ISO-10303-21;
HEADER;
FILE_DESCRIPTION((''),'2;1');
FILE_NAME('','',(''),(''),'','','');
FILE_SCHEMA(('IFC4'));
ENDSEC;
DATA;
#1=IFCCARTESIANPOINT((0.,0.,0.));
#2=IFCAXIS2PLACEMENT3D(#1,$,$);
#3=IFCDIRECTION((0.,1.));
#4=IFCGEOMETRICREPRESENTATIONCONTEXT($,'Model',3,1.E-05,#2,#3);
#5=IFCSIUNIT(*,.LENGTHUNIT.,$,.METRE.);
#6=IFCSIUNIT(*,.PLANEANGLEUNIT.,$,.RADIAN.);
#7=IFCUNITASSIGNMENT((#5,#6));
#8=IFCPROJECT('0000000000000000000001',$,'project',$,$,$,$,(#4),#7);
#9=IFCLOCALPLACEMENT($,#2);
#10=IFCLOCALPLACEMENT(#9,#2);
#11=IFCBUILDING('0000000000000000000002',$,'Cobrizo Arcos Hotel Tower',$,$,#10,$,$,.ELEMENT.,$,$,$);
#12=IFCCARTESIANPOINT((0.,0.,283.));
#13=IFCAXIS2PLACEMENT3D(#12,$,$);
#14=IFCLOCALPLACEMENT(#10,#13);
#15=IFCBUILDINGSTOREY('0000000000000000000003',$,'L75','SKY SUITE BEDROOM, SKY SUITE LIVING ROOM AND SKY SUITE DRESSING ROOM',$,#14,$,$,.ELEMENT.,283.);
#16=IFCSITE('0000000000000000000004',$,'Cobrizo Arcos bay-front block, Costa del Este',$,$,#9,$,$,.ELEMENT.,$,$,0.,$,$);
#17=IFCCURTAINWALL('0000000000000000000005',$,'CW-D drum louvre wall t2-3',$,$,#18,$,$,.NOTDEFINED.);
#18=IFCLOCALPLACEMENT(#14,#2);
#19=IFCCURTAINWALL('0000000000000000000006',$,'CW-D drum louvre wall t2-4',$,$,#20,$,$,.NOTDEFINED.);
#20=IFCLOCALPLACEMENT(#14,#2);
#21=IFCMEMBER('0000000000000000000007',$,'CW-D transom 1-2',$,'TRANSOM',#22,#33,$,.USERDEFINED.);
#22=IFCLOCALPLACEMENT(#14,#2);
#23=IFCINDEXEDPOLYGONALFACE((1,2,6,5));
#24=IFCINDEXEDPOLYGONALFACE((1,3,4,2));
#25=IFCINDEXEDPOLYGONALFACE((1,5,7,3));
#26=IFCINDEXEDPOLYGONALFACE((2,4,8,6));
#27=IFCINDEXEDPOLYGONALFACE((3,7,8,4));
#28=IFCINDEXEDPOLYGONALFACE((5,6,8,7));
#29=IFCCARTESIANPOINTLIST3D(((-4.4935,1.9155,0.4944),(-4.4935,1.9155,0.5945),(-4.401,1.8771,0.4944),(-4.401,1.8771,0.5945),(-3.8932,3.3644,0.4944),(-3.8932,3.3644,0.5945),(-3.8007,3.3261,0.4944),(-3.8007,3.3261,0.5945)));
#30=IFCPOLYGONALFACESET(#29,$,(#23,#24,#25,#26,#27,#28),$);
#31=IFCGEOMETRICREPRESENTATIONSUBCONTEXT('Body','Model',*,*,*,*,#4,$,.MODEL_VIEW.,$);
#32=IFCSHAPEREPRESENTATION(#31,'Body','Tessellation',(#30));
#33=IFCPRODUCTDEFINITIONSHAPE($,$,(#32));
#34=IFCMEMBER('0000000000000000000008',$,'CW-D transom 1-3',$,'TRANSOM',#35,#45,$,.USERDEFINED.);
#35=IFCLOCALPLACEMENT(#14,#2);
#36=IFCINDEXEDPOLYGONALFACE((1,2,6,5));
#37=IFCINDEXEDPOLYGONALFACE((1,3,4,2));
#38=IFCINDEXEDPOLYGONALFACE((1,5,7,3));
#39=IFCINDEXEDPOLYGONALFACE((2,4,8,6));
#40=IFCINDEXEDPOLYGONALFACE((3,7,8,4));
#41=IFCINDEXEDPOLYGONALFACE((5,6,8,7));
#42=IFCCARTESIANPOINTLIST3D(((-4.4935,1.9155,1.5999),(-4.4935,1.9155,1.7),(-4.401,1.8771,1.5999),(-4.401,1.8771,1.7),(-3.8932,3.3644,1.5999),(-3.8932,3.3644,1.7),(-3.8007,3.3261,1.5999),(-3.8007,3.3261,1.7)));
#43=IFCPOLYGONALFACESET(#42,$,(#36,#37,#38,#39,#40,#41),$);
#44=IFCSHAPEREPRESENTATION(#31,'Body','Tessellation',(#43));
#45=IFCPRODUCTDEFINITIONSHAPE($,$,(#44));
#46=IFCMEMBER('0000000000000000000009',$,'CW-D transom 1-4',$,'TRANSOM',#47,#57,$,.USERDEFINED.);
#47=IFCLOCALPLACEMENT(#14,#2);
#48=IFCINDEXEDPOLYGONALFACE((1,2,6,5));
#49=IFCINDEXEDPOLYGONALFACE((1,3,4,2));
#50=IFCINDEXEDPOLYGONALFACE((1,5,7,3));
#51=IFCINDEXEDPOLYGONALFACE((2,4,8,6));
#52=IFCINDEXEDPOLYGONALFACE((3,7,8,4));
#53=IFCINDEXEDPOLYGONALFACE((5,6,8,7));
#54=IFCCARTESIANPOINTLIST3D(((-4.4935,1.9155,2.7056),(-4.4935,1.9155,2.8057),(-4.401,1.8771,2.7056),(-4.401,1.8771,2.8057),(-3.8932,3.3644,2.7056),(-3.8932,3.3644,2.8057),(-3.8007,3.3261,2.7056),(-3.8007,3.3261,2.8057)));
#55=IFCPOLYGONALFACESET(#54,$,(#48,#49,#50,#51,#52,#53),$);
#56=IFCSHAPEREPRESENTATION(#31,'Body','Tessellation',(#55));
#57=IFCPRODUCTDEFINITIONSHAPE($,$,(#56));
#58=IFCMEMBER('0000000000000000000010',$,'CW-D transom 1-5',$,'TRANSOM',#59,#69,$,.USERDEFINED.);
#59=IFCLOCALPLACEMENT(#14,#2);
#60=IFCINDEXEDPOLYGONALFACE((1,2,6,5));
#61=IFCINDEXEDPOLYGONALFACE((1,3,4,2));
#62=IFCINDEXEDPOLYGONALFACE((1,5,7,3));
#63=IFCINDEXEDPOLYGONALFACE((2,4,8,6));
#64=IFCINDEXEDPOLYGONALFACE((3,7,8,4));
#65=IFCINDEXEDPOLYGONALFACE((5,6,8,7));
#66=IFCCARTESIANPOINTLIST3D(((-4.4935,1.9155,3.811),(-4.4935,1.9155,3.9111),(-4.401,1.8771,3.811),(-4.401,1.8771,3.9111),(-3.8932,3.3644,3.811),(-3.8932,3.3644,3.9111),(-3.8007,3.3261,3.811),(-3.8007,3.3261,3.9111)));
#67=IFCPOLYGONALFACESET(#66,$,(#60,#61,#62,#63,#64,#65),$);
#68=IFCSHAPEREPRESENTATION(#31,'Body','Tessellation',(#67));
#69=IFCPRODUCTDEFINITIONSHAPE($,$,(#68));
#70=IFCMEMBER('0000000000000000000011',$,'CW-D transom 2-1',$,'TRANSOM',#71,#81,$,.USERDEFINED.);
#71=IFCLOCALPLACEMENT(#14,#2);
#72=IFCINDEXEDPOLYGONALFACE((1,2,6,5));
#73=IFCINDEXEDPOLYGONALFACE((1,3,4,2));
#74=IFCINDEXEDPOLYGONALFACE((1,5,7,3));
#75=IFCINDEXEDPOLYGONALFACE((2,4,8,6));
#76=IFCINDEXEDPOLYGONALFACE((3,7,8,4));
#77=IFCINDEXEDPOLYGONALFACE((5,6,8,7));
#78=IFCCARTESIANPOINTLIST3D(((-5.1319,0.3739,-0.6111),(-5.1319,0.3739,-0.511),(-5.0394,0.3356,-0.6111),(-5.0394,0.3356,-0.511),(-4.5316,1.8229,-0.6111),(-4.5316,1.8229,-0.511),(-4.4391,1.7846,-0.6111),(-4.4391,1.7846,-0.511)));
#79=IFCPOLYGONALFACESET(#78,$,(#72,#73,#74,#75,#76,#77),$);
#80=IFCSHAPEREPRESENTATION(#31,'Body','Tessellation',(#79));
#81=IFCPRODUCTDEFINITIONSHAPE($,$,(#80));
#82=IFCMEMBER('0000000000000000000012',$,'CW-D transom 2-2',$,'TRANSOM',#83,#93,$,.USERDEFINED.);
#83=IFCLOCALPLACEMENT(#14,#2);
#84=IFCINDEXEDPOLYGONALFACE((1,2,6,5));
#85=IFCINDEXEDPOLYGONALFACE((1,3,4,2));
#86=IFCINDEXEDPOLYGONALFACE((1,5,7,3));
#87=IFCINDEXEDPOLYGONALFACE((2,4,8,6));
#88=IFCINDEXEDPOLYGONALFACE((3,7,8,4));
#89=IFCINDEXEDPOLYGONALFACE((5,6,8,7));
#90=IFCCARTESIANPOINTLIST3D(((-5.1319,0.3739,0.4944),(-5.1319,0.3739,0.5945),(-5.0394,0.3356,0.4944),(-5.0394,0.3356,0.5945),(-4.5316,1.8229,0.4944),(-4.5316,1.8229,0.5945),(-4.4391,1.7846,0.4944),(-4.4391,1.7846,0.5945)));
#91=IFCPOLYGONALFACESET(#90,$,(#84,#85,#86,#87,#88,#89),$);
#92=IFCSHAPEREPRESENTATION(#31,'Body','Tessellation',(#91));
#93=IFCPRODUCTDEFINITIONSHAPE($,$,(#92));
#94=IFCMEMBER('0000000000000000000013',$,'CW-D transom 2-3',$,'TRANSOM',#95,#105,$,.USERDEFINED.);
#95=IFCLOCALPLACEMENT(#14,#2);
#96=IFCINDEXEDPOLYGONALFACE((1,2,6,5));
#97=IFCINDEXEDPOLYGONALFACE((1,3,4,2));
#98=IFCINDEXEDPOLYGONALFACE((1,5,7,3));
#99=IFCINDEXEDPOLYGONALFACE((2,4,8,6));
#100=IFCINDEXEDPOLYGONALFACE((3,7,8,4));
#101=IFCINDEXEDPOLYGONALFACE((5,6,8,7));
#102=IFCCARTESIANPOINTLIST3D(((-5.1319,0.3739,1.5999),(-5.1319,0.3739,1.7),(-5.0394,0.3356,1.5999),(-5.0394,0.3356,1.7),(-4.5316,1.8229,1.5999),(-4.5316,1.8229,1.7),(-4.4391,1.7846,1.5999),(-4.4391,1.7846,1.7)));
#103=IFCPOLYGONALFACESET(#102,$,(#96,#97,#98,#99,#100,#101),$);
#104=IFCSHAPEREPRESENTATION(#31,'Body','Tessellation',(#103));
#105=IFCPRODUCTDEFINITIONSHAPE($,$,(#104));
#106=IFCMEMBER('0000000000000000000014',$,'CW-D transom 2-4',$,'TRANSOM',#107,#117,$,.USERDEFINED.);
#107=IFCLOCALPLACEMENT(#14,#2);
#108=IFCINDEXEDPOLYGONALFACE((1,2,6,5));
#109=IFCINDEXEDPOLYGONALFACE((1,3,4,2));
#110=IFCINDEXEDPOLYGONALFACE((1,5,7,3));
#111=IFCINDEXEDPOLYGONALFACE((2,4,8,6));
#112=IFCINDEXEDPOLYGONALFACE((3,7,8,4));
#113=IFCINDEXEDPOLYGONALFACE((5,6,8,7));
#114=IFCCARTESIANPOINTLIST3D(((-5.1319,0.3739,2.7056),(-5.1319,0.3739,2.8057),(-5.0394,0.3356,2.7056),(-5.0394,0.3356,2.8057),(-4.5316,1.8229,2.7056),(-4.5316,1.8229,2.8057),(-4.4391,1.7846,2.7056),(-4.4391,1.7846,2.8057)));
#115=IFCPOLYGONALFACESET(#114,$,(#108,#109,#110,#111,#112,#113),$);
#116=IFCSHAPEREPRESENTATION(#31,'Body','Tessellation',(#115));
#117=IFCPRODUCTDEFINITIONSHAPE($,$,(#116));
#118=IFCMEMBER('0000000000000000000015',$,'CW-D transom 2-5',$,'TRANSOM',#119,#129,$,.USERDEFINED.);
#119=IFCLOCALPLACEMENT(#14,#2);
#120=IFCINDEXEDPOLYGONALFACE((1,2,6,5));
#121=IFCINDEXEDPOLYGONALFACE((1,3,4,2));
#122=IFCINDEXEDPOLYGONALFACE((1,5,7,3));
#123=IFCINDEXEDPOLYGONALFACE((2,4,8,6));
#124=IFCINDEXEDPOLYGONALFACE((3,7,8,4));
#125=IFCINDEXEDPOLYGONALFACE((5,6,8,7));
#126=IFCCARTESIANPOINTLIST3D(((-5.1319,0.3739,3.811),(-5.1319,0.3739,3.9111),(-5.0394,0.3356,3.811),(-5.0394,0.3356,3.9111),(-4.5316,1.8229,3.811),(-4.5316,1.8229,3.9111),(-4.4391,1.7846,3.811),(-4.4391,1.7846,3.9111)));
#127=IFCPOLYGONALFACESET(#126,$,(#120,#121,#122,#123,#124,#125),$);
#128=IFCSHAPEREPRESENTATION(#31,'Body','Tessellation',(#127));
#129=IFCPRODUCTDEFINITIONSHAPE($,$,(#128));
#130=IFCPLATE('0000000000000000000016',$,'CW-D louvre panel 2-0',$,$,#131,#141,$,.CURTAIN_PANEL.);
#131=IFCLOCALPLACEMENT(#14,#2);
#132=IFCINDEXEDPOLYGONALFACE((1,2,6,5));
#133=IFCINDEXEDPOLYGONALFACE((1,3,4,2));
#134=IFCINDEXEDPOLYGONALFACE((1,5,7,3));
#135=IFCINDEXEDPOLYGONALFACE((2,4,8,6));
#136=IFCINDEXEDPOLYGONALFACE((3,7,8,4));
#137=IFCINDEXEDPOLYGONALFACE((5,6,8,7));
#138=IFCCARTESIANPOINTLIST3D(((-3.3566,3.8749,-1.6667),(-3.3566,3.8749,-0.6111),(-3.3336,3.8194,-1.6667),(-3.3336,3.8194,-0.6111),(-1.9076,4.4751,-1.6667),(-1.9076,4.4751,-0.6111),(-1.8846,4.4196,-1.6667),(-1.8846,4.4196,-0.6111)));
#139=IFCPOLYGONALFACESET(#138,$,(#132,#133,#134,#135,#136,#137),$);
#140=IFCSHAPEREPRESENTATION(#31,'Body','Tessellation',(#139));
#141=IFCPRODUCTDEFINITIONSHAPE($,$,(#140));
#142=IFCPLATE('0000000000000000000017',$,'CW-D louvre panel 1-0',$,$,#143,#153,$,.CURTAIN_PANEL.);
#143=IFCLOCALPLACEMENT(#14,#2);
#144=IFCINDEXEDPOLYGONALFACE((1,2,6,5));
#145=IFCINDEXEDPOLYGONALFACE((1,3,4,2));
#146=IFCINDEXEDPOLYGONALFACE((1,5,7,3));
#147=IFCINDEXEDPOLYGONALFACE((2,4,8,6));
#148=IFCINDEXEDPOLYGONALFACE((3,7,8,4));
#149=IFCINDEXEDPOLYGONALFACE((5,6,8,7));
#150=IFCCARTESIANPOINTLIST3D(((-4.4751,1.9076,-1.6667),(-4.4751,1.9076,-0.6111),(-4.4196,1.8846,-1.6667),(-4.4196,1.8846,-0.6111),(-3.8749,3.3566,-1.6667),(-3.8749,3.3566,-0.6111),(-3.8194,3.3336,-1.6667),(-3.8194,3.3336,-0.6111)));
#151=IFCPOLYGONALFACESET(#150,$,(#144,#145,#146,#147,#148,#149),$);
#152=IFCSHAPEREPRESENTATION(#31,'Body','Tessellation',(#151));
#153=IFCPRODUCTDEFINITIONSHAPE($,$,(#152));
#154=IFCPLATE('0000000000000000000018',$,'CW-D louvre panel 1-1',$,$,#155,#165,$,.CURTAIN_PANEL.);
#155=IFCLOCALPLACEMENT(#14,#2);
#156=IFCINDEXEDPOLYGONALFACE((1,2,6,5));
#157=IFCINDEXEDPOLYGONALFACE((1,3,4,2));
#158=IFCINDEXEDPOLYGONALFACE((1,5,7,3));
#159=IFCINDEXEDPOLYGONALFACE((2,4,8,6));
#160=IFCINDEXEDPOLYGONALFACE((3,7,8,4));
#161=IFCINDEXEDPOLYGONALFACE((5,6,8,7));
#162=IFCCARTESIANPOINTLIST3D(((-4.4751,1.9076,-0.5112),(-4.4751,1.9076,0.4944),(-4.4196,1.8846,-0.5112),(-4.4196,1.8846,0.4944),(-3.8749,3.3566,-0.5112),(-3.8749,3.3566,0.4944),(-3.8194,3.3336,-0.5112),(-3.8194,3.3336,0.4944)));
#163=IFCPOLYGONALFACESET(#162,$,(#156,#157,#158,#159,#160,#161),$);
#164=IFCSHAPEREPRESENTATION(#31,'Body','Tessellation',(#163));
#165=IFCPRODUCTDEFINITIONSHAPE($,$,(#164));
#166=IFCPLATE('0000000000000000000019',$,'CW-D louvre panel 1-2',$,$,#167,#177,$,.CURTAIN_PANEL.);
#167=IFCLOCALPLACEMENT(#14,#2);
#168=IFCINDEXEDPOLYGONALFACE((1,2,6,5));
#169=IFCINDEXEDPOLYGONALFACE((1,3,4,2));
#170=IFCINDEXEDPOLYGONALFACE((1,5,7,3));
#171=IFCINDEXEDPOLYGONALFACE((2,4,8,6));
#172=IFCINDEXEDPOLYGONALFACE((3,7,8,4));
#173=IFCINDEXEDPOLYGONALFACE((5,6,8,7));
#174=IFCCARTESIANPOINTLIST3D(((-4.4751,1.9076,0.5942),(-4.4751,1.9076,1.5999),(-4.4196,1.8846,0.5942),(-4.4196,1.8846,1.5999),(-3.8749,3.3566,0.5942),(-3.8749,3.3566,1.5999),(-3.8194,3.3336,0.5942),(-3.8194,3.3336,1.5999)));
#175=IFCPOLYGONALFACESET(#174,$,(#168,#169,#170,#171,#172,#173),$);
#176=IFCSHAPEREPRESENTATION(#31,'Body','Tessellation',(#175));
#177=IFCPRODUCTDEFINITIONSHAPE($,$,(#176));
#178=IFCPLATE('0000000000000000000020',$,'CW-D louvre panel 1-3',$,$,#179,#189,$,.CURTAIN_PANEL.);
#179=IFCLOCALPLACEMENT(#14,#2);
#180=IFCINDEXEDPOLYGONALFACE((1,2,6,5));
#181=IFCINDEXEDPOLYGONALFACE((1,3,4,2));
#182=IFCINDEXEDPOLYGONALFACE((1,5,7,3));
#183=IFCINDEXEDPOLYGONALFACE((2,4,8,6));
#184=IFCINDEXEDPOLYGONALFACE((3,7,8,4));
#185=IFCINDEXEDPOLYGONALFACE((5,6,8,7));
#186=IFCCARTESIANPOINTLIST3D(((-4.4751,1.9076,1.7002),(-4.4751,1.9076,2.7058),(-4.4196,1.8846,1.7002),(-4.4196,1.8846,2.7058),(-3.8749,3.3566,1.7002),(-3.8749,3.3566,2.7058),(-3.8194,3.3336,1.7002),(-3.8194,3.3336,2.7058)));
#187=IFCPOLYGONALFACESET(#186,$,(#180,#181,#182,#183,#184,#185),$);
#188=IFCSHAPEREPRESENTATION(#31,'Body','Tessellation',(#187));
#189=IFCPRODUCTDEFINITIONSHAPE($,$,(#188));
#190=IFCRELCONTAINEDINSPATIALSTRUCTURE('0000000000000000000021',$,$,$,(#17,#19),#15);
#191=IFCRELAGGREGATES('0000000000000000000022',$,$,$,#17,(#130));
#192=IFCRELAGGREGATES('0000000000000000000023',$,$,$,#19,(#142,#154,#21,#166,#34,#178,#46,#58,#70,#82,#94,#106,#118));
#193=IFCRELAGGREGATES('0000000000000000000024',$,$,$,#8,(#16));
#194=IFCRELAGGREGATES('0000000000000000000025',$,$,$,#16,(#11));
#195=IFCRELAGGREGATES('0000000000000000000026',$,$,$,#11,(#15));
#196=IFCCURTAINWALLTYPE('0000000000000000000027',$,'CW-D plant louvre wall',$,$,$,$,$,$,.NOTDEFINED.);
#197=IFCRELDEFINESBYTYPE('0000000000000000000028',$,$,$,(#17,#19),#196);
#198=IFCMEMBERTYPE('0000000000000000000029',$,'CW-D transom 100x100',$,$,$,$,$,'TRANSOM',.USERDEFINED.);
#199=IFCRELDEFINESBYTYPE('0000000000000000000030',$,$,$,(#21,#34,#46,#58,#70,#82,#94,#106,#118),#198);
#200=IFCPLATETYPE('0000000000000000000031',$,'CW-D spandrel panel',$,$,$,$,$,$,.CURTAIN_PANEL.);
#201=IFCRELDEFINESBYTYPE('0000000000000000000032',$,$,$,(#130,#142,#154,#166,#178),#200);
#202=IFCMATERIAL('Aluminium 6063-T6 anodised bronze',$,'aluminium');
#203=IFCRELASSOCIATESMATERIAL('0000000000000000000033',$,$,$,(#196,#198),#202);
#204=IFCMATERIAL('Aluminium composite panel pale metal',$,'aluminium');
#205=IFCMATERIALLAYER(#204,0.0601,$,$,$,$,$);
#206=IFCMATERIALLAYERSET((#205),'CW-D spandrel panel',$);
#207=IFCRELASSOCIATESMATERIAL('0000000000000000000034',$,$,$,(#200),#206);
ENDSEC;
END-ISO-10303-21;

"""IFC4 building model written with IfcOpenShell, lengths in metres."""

from ifc_helpers import new_model, si_unit, direction, frame, origin, origin_2d, place, context, subcontext, project, spatial, rectangle, extrude, material, layer, layer_set, material_profile, profile_set, type_object, element, aggregate, save


model = new_model("IFC4")

# Units and contexts
model_context = context("Model", 3, precision=1e-05, world=origin(), true_north=direction((0.0, 1.0)))
body_context = subcontext(model_context, "Body", "Model", "MODEL_VIEW")
ifc_project = project(units=[si_unit("LENGTHUNIT", "METRE"), si_unit("PLANEANGLEUNIT", "RADIAN")], contexts=[model_context])

# Site, building, storey
site_placement = place(None, origin())
site = spatial("IfcSite", under=ifc_project, at=site_placement, Name="Cobrizo Arcos bay-front block, Costa del Este", CompositionType="ELEMENT", RefElevation=0.0)
building_placement = place(site_placement, origin())
building = spatial("IfcBuilding", under=site, at=building_placement, Name="Cobrizo Arcos Hotel Tower", CompositionType="ELEMENT")
storey_placement = place(building_placement, frame((0.0, 0.0, 283.0)))
storey = spatial("IfcBuildingStorey", under=building, at=storey_placement, Name="L75", Description="SKY SUITE BEDROOM, SKY SUITE LIVING ROOM AND SKY SUITE DRESSING ROOM", CompositionType="ELEMENT", Elevation=283.0)

# Curtain wall
ifc_material_1 = material(Name="Aluminium 6063-T6 anodised bronze", Category="aluminium")
curtain_wall_type = type_object("IfcCurtainWallType", Name="CW-D plant louvre wall", PredefinedType="NOTDEFINED", material=ifc_material_1)
curtain_wall_1_placement = place(storey_placement, origin())
curtain_wall_1 = element("IfcCurtainWall", 1, at=curtain_wall_1_placement, inside=storey, type_object=curtain_wall_type, Name="CW-D drum louvre wall t2-3", PredefinedType="NOTDEFINED")

# Curtain wall, members
curtain_wall_2_placement = place(storey_placement, origin())
curtain_wall_2 = element("IfcCurtainWall", 2, at=curtain_wall_2_placement, inside=storey, type_object=curtain_wall_type, Name="CW-D drum louvre wall t2-4", PredefinedType="NOTDEFINED")
ifc_material_profile_1 = material_profile(ifc_material_1, rectangle(XDim=0.1001, YDim=0.1001, at=origin_2d()), Name="CW-D transom 100x100")
ifc_profile_set_1 = profile_set([ifc_material_profile_1], Name="Aluminium 6063-T6 anodised bronze")
member_type_1 = type_object("IfcMemberType", Name="CW-D transom 100x100", ElementType="TRANSOM", PredefinedType="USERDEFINED", material=ifc_profile_set_1)
member_1_placement = place(storey_placement, frame((-3.8469, 3.3452, 0.5444), z_axis=(-0.382769, -0.923844, 0.0), x_axis=(0.923844, -0.382769, 0.0)))
member_1 = element("IfcMember", 3, at=member_1_placement, type_object=member_type_1, Name="CW-D transom 1-2", ObjectType="TRANSOM", PredefinedType="USERDEFINED", context=body_context, shape_type="SweptSolid", body=[
    extrude(rectangle(XDim=0.1001, YDim=0.1001, at=origin_2d()), origin(), (0.0, 0.0, 1.0), 1.5684),
])
member_2_placement = place(storey_placement, frame((-3.8469, 3.3452, 1.6499), z_axis=(-0.382769, -0.923844, 0.0), x_axis=(0.923844, -0.382769, 0.0)))
member_2 = element("IfcMember", 4, at=member_2_placement, type_object=member_type_1, Name="CW-D transom 1-3", ObjectType="TRANSOM", PredefinedType="USERDEFINED", context=body_context, shape_type="SweptSolid", body=[
    extrude(rectangle(XDim=0.1001, YDim=0.1001, at=origin_2d()), origin(), (0.0, 0.0, 1.0), 1.5684),
])
member_3_placement = place(storey_placement, frame((-3.8469, 3.3452, 2.7556), z_axis=(-0.382769, -0.923844, 0.0), x_axis=(0.923844, -0.382769, 0.0)))
member_3 = element("IfcMember", 5, at=member_3_placement, type_object=member_type_1, Name="CW-D transom 1-4", ObjectType="TRANSOM", PredefinedType="USERDEFINED", context=body_context, shape_type="SweptSolid", body=[
    extrude(rectangle(XDim=0.1001, YDim=0.1001, at=origin_2d()), origin(), (0.0, 0.0, 1.0), 1.5684),
])
member_4_placement = place(storey_placement, frame((-3.8469, 3.3452, 3.8611), z_axis=(-0.382769, -0.923844, 0.0), x_axis=(0.923844, -0.382769, 0.0)))
member_4 = element("IfcMember", 6, at=member_4_placement, type_object=member_type_1, Name="CW-D transom 1-5", ObjectType="TRANSOM", PredefinedType="USERDEFINED", context=body_context, shape_type="SweptSolid", body=[
    extrude(rectangle(XDim=0.1001, YDim=0.1001, at=origin_2d()), origin(), (0.0, 0.0, 1.0), 1.5684),
])
member_5_placement = place(storey_placement, frame((-4.4854, 1.8037, -0.561), z_axis=(-0.382769, -0.923844, 0.0), x_axis=(0.923844, -0.382769, 0.0)))
member_5 = element("IfcMember", 7, at=member_5_placement, type_object=member_type_1, Name="CW-D transom 2-1", ObjectType="TRANSOM", PredefinedType="USERDEFINED", context=body_context, shape_type="SweptSolid", body=[
    extrude(rectangle(XDim=0.1001, YDim=0.1001, at=origin_2d()), origin(), (0.0, 0.0, 1.0), 1.5684),
])
member_6_placement = place(storey_placement, frame((-4.4854, 1.8037, 0.5444), z_axis=(-0.382769, -0.923844, 0.0), x_axis=(0.923844, -0.382769, 0.0)))
member_6 = element("IfcMember", 8, at=member_6_placement, type_object=member_type_1, Name="CW-D transom 2-2", ObjectType="TRANSOM", PredefinedType="USERDEFINED", context=body_context, shape_type="SweptSolid", body=[
    extrude(rectangle(XDim=0.1001, YDim=0.1001, at=origin_2d()), origin(), (0.0, 0.0, 1.0), 1.5684),
])
member_7_placement = place(storey_placement, frame((-4.4854, 1.8037, 1.6499), z_axis=(-0.382769, -0.923844, 0.0), x_axis=(0.923844, -0.382769, 0.0)))
member_7 = element("IfcMember", 9, at=member_7_placement, type_object=member_type_1, Name="CW-D transom 2-3", ObjectType="TRANSOM", PredefinedType="USERDEFINED", context=body_context, shape_type="SweptSolid", body=[
    extrude(rectangle(XDim=0.1001, YDim=0.1001, at=origin_2d()), origin(), (0.0, 0.0, 1.0), 1.5684),
])
member_8_placement = place(storey_placement, frame((-4.4854, 1.8037, 2.7556), z_axis=(-0.382769, -0.923844, 0.0), x_axis=(0.923844, -0.382769, 0.0)))
member_8 = element("IfcMember", 10, at=member_8_placement, type_object=member_type_1, Name="CW-D transom 2-4", ObjectType="TRANSOM", PredefinedType="USERDEFINED", context=body_context, shape_type="SweptSolid", body=[
    extrude(rectangle(XDim=0.1001, YDim=0.1001, at=origin_2d()), origin(), (0.0, 0.0, 1.0), 1.5684),
])
member_9_placement = place(storey_placement, frame((-4.4854, 1.8037, 3.8611), z_axis=(-0.382769, -0.923844, 0.0), x_axis=(0.923844, -0.382769, 0.0)))
member_9 = element("IfcMember", 11, at=member_9_placement, type_object=member_type_1, Name="CW-D transom 2-5", ObjectType="TRANSOM", PredefinedType="USERDEFINED", context=body_context, shape_type="SweptSolid", body=[
    extrude(rectangle(XDim=0.1001, YDim=0.1001, at=origin_2d()), origin(), (0.0, 0.0, 1.0), 1.5684),
])

# Plates
ifc_material_2 = material(Name="Aluminium composite panel pale metal", Category="aluminium")
ifc_layer_1 = layer(ifc_material_2, 0.0601)
ifc_layer_set_1 = layer_set([ifc_layer_1], Name="CW-D spandrel panel")
plate_type = type_object("IfcPlateType", Name="CW-D spandrel panel", PredefinedType="CURTAIN_PANEL", material=ifc_layer_set_1)
plate_1_placement = place(storey_placement, frame((-2.6206, 4.1472, -1.6667), z_axis=(0.0, 0.0, 1.0), x_axis=(-0.92388, -0.382683, 0.0)))
plate_1 = element("IfcPlate", 12, at=plate_1_placement, type_object=plate_type, Name="CW-D louvre panel 2-0", PredefinedType="CURTAIN_PANEL", context=body_context, shape_type="SweptSolid", body=[
    extrude(rectangle(XDim=1.5684, YDim=0.0601, at=origin_2d()), origin(), (0.0, 0.0, 1.0), 1.0557),
])
aggregate(curtain_wall_1, [plate_1])
plate_2_placement = place(storey_placement, frame((-4.1472, 2.6206, -1.6667), z_axis=(0.0, 0.0, 1.0), x_axis=(-0.382683, -0.92388, 0.0)))
plate_2 = element("IfcPlate", 13, at=plate_2_placement, type_object=plate_type, Name="CW-D louvre panel 1-0", PredefinedType="CURTAIN_PANEL", context=body_context, shape_type="SweptSolid", body=[
    extrude(rectangle(XDim=1.5684, YDim=0.0601, at=origin_2d()), origin(), (0.0, 0.0, 1.0), 1.0557),
])
plate_3_placement = place(storey_placement, frame((-4.1472, 2.6206, -0.5112), z_axis=(0.0, 0.0, 1.0), x_axis=(-0.382683, -0.92388, 0.0)))
plate_3 = element("IfcPlate", 14, at=plate_3_placement, type_object=plate_type, Name="CW-D louvre panel 1-1", PredefinedType="CURTAIN_PANEL", context=body_context, shape_type="SweptSolid", body=[
    extrude(rectangle(XDim=1.5684, YDim=0.0601, at=origin_2d()), origin(), (0.0, 0.0, 1.0), 1.0056),
])
plate_4_placement = place(storey_placement, frame((-4.1472, 2.6206, 0.5942), z_axis=(0.0, 0.0, 1.0), x_axis=(-0.382683, -0.92388, 0.0)))
plate_4 = element("IfcPlate", 15, at=plate_4_placement, type_object=plate_type, Name="CW-D louvre panel 1-2", PredefinedType="CURTAIN_PANEL", context=body_context, shape_type="SweptSolid", body=[
    extrude(rectangle(XDim=1.5684, YDim=0.0601, at=origin_2d()), origin(), (0.0, 0.0, 1.0), 1.0056),
])
plate_5_placement = place(storey_placement, frame((-4.1472, 2.6206, 1.7002), z_axis=(0.0, 0.0, 1.0), x_axis=(-0.382683, -0.92388, 0.0)))
plate_5 = element("IfcPlate", 16, at=plate_5_placement, type_object=plate_type, Name="CW-D louvre panel 1-3", PredefinedType="CURTAIN_PANEL", context=body_context, shape_type="SweptSolid", body=[
    extrude(rectangle(XDim=1.5684, YDim=0.0601, at=origin_2d()), origin(), (0.0, 0.0, 1.0), 1.0056),
])
aggregate(curtain_wall_2, [plate_2, plate_3, member_1, plate_4, member_2, plate_5, member_3, member_4, member_5, member_6, member_7, member_8, member_9])

save(model, "model.ifc")
